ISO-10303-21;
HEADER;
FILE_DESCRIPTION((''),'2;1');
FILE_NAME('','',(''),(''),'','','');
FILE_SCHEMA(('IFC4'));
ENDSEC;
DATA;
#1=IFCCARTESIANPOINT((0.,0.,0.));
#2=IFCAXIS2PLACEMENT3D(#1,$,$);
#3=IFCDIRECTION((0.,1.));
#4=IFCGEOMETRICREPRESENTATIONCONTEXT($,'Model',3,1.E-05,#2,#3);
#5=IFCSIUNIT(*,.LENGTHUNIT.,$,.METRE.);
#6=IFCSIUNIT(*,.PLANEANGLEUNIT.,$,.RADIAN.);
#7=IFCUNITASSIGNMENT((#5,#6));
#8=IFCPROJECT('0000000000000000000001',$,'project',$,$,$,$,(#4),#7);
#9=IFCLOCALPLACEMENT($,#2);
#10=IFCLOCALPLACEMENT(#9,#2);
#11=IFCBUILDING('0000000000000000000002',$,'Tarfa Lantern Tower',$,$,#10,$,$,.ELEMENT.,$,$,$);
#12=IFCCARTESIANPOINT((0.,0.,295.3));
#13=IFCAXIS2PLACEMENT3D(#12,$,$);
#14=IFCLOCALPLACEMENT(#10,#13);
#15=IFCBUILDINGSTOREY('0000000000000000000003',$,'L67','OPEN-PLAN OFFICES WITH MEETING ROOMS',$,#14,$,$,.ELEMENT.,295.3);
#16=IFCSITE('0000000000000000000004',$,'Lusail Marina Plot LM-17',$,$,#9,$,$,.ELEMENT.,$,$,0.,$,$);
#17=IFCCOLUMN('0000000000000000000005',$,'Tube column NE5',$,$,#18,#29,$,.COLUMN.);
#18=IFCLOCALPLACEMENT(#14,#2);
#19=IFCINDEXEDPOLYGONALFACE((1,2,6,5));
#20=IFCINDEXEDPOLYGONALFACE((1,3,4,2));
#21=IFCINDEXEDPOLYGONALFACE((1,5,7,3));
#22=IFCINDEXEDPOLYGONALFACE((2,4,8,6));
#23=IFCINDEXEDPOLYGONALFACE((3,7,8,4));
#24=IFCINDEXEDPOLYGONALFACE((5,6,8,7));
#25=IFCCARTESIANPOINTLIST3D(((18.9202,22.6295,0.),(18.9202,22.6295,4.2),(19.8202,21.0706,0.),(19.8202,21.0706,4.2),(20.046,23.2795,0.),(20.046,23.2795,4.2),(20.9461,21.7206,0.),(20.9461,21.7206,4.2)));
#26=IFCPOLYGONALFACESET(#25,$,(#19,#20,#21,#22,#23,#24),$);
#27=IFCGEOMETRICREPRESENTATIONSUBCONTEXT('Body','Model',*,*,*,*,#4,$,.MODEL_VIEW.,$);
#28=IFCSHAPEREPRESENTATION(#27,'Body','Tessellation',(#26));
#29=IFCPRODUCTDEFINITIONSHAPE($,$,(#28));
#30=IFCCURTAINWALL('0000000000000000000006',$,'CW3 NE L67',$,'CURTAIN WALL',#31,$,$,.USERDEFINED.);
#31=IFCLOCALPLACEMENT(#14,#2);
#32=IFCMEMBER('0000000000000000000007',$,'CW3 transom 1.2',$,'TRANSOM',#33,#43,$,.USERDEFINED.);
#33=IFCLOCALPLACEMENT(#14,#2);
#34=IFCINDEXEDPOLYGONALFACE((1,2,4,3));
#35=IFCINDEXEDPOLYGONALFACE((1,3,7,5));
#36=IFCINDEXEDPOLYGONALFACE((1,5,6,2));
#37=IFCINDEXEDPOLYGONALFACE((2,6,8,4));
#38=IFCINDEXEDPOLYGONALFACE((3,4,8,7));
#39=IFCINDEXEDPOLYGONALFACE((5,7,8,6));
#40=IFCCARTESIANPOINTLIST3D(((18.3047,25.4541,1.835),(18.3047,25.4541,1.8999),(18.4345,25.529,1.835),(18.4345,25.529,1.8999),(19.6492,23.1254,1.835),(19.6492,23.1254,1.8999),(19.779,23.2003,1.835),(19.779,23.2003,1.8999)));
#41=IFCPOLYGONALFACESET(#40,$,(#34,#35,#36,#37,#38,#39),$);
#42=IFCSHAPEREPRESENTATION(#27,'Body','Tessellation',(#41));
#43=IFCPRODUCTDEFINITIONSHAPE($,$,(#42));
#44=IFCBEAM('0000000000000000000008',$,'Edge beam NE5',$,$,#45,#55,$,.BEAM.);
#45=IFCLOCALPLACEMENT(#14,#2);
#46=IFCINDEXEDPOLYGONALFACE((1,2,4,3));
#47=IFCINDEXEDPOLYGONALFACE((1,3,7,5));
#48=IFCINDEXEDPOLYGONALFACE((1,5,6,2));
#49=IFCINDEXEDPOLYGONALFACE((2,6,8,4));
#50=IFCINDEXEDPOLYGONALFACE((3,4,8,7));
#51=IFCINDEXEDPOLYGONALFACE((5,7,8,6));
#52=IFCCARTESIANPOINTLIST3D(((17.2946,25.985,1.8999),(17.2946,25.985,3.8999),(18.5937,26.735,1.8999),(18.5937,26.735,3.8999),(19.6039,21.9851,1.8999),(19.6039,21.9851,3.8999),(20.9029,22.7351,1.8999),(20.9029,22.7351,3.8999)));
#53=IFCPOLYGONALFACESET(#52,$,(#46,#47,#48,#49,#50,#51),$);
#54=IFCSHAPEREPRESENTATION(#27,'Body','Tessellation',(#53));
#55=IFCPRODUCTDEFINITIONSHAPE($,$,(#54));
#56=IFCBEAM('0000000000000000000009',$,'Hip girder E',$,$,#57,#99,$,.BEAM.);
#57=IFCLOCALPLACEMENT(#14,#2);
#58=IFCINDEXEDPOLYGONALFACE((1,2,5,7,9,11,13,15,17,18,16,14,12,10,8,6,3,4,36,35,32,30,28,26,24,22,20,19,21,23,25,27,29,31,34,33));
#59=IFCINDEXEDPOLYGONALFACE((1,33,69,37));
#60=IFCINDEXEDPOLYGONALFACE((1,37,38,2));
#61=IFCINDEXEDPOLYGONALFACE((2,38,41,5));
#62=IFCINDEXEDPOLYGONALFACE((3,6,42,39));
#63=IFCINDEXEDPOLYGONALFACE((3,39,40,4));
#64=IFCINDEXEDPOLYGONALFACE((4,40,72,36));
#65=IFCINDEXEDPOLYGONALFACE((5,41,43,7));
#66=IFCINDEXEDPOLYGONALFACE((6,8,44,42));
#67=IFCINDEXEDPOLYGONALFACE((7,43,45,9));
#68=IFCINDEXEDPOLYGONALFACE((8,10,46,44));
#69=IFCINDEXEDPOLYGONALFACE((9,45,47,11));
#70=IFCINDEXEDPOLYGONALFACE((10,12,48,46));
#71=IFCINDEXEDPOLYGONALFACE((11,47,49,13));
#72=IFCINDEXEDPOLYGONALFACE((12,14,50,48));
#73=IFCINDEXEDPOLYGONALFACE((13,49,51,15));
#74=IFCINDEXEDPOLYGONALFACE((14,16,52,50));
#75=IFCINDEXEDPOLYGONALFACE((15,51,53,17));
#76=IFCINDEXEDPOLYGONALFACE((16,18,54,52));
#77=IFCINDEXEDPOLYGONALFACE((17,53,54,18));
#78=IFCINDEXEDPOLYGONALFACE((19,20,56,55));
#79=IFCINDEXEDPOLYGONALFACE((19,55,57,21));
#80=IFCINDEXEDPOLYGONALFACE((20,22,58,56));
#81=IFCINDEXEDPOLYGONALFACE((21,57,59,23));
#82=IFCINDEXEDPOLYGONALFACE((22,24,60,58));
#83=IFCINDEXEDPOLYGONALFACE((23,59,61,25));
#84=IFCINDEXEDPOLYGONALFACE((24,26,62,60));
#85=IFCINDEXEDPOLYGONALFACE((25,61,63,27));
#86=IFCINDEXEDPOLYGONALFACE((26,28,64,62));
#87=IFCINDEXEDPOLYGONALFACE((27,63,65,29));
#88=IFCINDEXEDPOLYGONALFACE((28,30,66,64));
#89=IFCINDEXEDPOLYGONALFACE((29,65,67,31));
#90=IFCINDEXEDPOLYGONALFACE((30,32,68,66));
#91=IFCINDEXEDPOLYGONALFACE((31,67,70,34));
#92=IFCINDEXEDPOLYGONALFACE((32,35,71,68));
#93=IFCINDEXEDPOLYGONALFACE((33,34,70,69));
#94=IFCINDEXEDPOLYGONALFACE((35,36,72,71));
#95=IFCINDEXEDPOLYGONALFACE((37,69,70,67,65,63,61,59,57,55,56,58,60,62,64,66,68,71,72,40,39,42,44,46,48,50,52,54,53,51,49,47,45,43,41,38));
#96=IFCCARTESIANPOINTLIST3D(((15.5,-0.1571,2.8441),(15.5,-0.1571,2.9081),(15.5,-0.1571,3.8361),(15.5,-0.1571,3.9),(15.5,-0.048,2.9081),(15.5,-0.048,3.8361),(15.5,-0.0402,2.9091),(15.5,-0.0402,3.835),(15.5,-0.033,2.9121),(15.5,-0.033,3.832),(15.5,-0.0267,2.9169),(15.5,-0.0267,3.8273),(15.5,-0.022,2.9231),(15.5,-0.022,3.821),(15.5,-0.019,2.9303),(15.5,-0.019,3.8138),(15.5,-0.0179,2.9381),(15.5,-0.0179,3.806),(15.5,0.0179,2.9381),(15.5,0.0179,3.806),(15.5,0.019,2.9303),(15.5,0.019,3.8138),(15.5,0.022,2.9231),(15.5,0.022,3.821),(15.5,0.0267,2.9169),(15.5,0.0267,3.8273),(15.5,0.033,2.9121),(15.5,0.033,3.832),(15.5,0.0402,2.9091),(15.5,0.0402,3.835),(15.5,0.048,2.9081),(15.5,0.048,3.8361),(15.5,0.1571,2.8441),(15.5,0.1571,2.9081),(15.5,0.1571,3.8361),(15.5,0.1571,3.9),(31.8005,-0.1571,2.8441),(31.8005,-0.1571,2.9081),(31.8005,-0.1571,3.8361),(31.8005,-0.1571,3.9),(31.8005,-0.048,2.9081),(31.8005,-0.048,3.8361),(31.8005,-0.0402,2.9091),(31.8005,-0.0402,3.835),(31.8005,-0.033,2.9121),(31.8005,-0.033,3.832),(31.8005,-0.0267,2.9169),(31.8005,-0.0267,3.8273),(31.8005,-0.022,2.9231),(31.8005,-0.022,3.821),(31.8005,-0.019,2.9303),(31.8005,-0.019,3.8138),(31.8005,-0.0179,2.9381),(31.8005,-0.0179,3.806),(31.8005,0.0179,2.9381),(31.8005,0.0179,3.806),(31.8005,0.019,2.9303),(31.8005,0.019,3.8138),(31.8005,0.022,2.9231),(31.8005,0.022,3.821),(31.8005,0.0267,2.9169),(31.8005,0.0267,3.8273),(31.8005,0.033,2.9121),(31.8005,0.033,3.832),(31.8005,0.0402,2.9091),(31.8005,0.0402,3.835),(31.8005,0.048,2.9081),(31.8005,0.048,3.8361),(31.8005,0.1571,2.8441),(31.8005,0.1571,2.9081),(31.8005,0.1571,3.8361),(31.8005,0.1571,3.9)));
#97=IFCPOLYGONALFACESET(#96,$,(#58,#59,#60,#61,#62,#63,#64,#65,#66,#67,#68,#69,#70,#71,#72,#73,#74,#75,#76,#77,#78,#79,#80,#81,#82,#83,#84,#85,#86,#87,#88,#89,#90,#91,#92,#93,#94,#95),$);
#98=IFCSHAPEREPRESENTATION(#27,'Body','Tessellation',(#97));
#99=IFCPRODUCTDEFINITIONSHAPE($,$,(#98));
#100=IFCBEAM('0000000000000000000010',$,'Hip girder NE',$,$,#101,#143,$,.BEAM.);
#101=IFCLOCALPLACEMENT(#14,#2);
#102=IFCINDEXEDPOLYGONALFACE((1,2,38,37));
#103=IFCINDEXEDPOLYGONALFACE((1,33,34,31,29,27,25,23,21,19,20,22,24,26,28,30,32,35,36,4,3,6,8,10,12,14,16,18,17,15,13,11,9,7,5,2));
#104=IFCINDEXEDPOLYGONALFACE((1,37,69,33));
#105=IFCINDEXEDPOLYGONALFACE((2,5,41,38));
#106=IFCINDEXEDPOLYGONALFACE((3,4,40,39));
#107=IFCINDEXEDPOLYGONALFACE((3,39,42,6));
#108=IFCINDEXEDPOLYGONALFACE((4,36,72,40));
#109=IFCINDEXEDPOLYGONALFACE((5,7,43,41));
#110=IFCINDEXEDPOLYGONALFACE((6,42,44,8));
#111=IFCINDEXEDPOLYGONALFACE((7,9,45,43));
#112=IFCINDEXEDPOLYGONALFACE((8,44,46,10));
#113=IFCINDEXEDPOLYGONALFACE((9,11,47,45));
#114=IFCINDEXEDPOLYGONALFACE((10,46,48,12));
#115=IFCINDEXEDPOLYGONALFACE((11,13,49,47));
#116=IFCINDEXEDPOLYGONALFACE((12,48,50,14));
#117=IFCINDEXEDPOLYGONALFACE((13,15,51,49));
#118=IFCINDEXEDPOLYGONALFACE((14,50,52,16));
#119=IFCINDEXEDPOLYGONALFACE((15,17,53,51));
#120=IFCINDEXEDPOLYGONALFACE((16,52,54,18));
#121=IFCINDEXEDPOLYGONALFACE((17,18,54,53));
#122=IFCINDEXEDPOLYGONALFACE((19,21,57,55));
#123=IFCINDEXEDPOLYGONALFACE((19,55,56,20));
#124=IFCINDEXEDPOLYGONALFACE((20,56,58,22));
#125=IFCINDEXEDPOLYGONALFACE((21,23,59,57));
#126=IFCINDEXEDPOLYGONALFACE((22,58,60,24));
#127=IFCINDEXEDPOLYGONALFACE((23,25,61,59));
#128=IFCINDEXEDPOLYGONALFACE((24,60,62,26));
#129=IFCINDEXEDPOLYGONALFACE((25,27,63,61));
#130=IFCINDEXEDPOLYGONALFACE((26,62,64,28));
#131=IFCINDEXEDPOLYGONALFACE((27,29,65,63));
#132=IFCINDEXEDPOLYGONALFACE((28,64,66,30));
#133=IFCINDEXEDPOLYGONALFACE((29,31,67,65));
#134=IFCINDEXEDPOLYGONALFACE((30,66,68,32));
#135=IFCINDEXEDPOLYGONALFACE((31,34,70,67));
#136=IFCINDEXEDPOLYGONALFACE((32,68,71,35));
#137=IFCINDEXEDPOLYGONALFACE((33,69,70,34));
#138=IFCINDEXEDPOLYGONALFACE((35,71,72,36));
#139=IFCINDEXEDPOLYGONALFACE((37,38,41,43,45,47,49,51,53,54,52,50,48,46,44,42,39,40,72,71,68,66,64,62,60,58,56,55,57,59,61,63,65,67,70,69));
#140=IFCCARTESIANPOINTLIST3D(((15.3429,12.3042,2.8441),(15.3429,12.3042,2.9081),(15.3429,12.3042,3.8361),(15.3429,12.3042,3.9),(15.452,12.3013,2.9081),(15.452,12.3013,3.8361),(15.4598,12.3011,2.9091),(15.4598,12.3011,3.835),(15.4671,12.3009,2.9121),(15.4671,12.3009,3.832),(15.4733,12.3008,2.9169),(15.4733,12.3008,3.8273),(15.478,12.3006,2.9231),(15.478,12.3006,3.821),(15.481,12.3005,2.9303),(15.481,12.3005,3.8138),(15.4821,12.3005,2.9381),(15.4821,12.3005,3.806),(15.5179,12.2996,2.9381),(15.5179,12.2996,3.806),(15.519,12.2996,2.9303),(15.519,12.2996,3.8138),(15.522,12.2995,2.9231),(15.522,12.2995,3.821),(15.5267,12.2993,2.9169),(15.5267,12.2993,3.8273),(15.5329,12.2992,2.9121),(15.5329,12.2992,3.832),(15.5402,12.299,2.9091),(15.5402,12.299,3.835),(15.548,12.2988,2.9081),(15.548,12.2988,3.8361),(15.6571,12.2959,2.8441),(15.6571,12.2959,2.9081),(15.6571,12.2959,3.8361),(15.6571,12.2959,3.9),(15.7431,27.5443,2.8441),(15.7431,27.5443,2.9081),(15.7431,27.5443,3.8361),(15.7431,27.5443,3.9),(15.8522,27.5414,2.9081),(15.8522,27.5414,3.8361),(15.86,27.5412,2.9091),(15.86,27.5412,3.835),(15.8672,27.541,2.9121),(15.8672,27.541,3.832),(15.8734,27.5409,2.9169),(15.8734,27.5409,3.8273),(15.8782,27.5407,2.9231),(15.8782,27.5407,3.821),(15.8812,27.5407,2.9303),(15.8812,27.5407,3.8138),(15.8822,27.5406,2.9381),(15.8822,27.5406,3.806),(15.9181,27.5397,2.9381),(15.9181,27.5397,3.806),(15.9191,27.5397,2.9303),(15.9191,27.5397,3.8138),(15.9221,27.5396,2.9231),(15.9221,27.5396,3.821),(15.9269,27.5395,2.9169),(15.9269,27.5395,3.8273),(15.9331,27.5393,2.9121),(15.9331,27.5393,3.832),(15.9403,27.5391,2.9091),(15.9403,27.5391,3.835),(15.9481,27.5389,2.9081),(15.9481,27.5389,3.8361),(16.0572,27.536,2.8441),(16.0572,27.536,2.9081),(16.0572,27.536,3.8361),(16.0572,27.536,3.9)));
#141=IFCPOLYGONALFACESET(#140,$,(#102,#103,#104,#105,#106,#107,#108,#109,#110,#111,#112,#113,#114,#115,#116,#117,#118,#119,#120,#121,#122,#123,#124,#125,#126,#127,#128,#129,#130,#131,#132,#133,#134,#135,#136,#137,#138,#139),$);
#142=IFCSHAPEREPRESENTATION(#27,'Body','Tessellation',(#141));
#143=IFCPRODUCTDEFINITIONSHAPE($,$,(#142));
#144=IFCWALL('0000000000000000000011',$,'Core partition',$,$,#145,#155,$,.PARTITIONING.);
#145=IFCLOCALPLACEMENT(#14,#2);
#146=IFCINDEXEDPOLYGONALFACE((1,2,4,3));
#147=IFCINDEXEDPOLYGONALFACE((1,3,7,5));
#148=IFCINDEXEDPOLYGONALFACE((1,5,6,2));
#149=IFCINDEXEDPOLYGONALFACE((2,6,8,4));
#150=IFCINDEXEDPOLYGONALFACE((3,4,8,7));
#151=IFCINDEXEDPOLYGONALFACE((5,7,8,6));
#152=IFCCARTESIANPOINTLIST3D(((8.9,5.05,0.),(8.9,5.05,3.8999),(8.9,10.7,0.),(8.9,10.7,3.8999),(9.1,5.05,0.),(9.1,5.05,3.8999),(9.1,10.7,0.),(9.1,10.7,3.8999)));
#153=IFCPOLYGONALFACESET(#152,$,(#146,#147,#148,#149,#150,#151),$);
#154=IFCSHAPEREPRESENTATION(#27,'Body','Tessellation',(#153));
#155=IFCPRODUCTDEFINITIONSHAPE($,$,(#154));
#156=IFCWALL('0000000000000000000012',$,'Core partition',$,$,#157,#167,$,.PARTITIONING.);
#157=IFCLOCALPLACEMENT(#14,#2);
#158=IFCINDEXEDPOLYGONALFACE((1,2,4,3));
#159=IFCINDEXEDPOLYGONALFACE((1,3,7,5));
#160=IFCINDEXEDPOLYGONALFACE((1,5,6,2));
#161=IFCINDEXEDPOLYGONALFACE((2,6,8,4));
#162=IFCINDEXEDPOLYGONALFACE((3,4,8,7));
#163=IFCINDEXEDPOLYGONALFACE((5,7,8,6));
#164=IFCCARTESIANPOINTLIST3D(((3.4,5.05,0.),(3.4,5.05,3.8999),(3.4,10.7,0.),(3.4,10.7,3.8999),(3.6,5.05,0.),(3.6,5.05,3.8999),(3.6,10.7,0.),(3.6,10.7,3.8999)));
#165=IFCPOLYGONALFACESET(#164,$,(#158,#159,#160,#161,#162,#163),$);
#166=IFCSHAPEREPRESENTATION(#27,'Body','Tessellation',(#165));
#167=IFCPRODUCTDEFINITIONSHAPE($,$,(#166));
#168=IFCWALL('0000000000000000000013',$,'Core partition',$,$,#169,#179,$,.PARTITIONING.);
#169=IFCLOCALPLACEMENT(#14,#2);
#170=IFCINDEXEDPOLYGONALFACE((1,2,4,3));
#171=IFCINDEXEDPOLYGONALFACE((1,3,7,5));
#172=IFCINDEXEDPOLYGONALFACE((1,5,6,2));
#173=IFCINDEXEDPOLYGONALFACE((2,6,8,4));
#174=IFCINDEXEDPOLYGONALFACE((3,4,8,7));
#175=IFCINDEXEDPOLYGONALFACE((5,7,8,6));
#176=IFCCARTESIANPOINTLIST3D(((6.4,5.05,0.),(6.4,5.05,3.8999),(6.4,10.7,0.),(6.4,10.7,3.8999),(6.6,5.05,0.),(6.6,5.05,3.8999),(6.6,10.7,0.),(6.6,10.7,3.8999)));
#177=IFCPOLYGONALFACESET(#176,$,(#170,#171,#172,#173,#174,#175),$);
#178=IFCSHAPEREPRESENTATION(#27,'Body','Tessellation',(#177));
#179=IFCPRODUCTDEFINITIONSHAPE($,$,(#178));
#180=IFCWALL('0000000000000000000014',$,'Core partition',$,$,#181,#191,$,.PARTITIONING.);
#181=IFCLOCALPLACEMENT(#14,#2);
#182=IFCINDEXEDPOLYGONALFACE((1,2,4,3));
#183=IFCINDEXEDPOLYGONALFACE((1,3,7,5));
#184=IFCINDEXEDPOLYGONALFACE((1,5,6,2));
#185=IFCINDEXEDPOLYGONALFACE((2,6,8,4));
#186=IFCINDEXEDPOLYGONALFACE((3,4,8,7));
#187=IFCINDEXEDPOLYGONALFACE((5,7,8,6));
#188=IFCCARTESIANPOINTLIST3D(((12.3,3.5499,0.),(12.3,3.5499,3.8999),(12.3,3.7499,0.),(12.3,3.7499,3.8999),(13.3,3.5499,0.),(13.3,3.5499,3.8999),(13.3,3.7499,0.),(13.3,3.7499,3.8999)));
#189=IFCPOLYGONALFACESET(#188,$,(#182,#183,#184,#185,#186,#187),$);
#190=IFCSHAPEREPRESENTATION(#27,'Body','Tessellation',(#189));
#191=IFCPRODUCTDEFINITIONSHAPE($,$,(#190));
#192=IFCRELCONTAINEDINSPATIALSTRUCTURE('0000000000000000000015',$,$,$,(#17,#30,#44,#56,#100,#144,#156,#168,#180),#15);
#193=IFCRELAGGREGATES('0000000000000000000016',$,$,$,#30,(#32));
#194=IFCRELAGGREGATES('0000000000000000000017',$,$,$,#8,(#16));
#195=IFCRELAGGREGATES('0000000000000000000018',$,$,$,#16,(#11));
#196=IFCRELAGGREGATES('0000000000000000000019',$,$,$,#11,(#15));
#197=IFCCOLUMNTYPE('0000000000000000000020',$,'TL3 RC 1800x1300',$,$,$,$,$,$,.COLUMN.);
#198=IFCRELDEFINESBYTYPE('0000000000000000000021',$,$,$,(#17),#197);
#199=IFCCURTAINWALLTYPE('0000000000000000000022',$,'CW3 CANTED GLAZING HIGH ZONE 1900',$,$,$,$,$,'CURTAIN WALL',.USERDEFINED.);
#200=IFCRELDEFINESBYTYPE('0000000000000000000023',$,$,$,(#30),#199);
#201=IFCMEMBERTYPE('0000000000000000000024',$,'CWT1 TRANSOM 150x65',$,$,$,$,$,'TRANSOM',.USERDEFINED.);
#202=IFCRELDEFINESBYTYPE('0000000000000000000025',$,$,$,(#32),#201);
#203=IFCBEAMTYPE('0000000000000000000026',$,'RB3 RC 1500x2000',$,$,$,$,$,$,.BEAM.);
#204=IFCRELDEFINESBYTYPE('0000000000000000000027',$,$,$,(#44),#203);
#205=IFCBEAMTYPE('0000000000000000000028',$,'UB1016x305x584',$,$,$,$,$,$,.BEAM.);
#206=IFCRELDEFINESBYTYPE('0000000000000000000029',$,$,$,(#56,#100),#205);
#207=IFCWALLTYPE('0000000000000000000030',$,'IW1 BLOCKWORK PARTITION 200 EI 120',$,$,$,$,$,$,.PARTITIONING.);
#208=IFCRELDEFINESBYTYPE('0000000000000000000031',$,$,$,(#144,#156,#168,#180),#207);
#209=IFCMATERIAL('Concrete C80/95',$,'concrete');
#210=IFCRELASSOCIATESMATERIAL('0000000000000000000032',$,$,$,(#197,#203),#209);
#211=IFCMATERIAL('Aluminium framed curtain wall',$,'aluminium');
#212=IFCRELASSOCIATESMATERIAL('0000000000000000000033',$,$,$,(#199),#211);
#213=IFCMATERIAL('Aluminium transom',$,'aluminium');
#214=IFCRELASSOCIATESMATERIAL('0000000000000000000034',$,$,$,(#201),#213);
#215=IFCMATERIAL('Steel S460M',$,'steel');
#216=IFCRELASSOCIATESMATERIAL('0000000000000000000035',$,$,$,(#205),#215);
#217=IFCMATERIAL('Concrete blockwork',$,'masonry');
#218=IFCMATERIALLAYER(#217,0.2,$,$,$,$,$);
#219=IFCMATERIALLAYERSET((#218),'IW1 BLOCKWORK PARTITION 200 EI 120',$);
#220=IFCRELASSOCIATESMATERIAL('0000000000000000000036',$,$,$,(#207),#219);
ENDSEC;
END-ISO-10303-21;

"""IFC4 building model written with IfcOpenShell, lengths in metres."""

from ifc_helpers import new_model, si_unit, direction, frame, frame_2d, origin, origin_2d, place, context, subcontext, project, spatial, rectangle, i_section, extrude, material, layer, layer_set, material_profile, profile_set, type_object, element, aggregate, save


model = new_model("IFC4")

# Units and contexts
model_context = context("Model", 3, precision=1e-05, world=origin(), true_north=direction((0.0, 1.0)))
body_context = subcontext(model_context, "Body", "Model", "MODEL_VIEW")
ifc_project = project(units=[si_unit("LENGTHUNIT", "METRE"), si_unit("PLANEANGLEUNIT", "RADIAN")], contexts=[model_context])

# Site, building, storey
site_placement = place(None, origin())
site = spatial("IfcSite", under=ifc_project, at=site_placement, Name="Lusail Marina Plot LM-17", CompositionType="ELEMENT", RefElevation=0.0)
building_placement = place(site_placement, origin())
building = spatial("IfcBuilding", under=site, at=building_placement, Name="Tarfa Lantern Tower", CompositionType="ELEMENT")
storey_placement = place(building_placement, frame((0.0, 0.0, 295.3)))
storey = spatial("IfcBuildingStorey", under=building, at=storey_placement, Name="L67", Description="OPEN-PLAN OFFICES WITH MEETING ROOMS", CompositionType="ELEMENT", Elevation=295.3)

# Column
ifc_material_1 = material(Name="Concrete C80/95", Category="concrete")
ifc_material_profile_1 = material_profile(ifc_material_1, rectangle(XDim=1.8, YDim=1.3, at=origin_2d()), Name="RC 1800x1300")
ifc_profile_set_1 = profile_set([ifc_material_profile_1], Name="Concrete C80/95")
column_type = type_object("IfcColumnType", Name="TL3 RC 1800x1300", PredefinedType="COLUMN", material=ifc_profile_set_1)
column_placement = place(storey_placement, frame((19.9331, 22.175, 0.0), z_axis=(0.0, 0.0, 1.0), x_axis=(-0.5, 0.866025, 0.0)))
element("IfcColumn", 1, at=column_placement, inside=storey, type_object=column_type, Name="Tube column NE5", PredefinedType="COLUMN", context=body_context, shape_type="SweptSolid", body=[
    extrude(rectangle(XDim=1.8, YDim=1.3, at=origin_2d()), origin(), (0.0, 0.0, 1.0), 4.2),
])

# Curtain wall, member
ifc_material_2 = material(Name="Aluminium framed curtain wall", Category="aluminium")
curtain_wall_type = type_object("IfcCurtainWallType", Name="CW3 CANTED GLAZING HIGH ZONE 1900", ElementType="CURTAIN WALL", PredefinedType="USERDEFINED", material=ifc_material_2)
curtain_wall_placement = place(storey_placement, origin())
curtain_wall = element("IfcCurtainWall", 2, at=curtain_wall_placement, inside=storey, type_object=curtain_wall_type, Name="CW3 NE L67", ObjectType="CURTAIN WALL", PredefinedType="USERDEFINED")
ifc_material_3 = material(Name="Aluminium transom", Category="aluminium")
ifc_material_profile_2 = material_profile(ifc_material_3, rectangle(XDim=0.1499, YDim=0.0649, at=origin_2d()), Name="AL TRANSOM 150x65")
ifc_profile_set_2 = profile_set([ifc_material_profile_2], Name="Aluminium transom")
member_type = type_object("IfcMemberType", Name="CWT1 TRANSOM 150x65", ElementType="TRANSOM", PredefinedType="USERDEFINED", material=ifc_profile_set_2)
member_placement = place(storey_placement, frame((19.7141, 23.1628, 1.8674), z_axis=(-0.500016, 0.866016, 0.0), x_axis=(-0.866016, -0.500016, 0.0)))
member = element("IfcMember", 3, at=member_placement, type_object=member_type, Name="CW3 transom 1.2", ObjectType="TRANSOM", PredefinedType="USERDEFINED", context=body_context, shape_type="SweptSolid", body=[
    extrude(rectangle(XDim=0.1499, YDim=0.0649, at=origin_2d()), origin(), (0.0, 0.0, 1.0), 2.689),
])
aggregate(curtain_wall, [member])

# Beams
ifc_material_profile_3 = material_profile(ifc_material_1, rectangle(XDim=1.5, YDim=2.0, at=origin_2d()), Name="RC 1500x2000")
ifc_profile_set_3 = profile_set([ifc_material_profile_3], Name="Concrete C80/95")
beam_type_1 = type_object("IfcBeamType", Name="RB3 RC 1500x2000", PredefinedType="BEAM", material=ifc_profile_set_3)
beam_1_placement = place(storey_placement, frame((20.2534, 22.3601, 2.8999), z_axis=(-0.499988, 0.866032, 0.0), x_axis=(-0.866032, -0.499988, 0.0)))
element("IfcBeam", 4, at=beam_1_placement, inside=storey, type_object=beam_type_1, Name="Edge beam NE5", PredefinedType="BEAM", context=body_context, shape_type="SweptSolid", body=[
    extrude(rectangle(XDim=1.5, YDim=2.0, at=origin_2d()), origin(), (0.0, 0.0, 1.0), 4.6187),
])
ifc_material_4 = material(Name="Steel S460M", Category="steel")
ifc_material_profile_4 = material_profile(ifc_material_4, i_section(OverallWidth=0.3142, OverallDepth=1.0559, WebThickness=0.0359, FlangeThickness=0.064, FilletRadius=0.03, at=origin_2d()), Name="UB1016x305x584")
ifc_profile_set_4 = profile_set([ifc_material_profile_4], Name="Steel S460M")
beam_type_2 = type_object("IfcBeamType", Name="UB1016x305x584", PredefinedType="BEAM", material=ifc_profile_set_4)
beam_2_placement = place(storey_placement, frame((15.5, 0.0, 3.3721), z_axis=(1.0, 0.0, 0.0), x_axis=(0.0, 1.0, 0.0)))
element("IfcBeam", 5, at=beam_2_placement, inside=storey, type_object=beam_type_2, Name="Hip girder E", PredefinedType="BEAM", context=body_context, shape_type="SweptSolid", body=[
    extrude(i_section(OverallWidth=0.3142, OverallDepth=1.0559, WebThickness=0.0359, FlangeThickness=0.064, FilletRadius=0.03, at=origin_2d()), origin(), (0.0, 0.0, 1.0), 16.3005),
])
beam_3_placement = place(storey_placement, frame((15.5, 12.3, 3.3721), z_axis=(0.026247, 0.999655, 0.0), x_axis=(-0.999655, 0.026247, 0.0)))
element("IfcBeam", 6, at=beam_3_placement, inside=storey, type_object=beam_type_2, Name="Hip girder NE", PredefinedType="BEAM", context=body_context, shape_type="SweptSolid", body=[
    extrude(i_section(OverallWidth=0.3142, OverallDepth=1.0559, WebThickness=0.0359, FlangeThickness=0.064, FilletRadius=0.03, at=origin_2d()), origin(), (0.0, 0.0, 1.0), 15.2454),
])

# Walls
ifc_material_5 = material(Name="Concrete blockwork", Category="masonry")
ifc_layer_1 = layer(ifc_material_5, 0.2)
ifc_layer_set_1 = layer_set([ifc_layer_1], Name="IW1 BLOCKWORK PARTITION 200 EI 120")
wall_type_1 = type_object("IfcWallType", Name="IW1 BLOCKWORK PARTITION 200 EI 120", PredefinedType="PARTITIONING", material=ifc_layer_set_1)
for number, where, z_axis, x_axis, name in (
    (7, (9.0, 5.05, 0.0), (0.0, 0.0, 1.0), (0.0, 1.0, 0.0), "Core partition"),
    (8, (3.5, 5.05, 0.0), (0.0, 0.0, 1.0), (0.0, 1.0, 0.0), "Core partition"),
    (9, (6.5, 5.05, 0.0), (0.0, 0.0, 1.0), (0.0, 1.0, 0.0), "Core partition"),
):
    element("IfcWall", number, at=place(storey_placement, frame(where, z_axis=z_axis, x_axis=x_axis)), inside=storey, type_object=wall_type_1, Name=name, PredefinedType="PARTITIONING", context=body_context, shape_type="SweptSolid", body=[
        extrude(rectangle(XDim=5.6499, YDim=0.2, at=frame_2d((2.825, 0.0))), origin(), (0.0, 0.0, 1.0), 3.8999),
    ])
for number, where, z_axis, x_axis, name in (
    (10, (12.3, 3.6499, 0.0), (0.0, 0.0, 1.0), (1.0, 0.0, 0.0), "Core partition"),
):
    element("IfcWall", number, at=place(storey_placement, frame(where, z_axis=z_axis, x_axis=x_axis)), inside=storey, type_object=wall_type_1, Name=name, PredefinedType="PARTITIONING", context=body_context, shape_type="SweptSolid", body=[
        extrude(rectangle(XDim=1.0, YDim=0.2, at=frame_2d((0.5, 0.0))), origin(), (0.0, 0.0, 1.0), 3.8999),
    ])

save(model, "model.ifc")
